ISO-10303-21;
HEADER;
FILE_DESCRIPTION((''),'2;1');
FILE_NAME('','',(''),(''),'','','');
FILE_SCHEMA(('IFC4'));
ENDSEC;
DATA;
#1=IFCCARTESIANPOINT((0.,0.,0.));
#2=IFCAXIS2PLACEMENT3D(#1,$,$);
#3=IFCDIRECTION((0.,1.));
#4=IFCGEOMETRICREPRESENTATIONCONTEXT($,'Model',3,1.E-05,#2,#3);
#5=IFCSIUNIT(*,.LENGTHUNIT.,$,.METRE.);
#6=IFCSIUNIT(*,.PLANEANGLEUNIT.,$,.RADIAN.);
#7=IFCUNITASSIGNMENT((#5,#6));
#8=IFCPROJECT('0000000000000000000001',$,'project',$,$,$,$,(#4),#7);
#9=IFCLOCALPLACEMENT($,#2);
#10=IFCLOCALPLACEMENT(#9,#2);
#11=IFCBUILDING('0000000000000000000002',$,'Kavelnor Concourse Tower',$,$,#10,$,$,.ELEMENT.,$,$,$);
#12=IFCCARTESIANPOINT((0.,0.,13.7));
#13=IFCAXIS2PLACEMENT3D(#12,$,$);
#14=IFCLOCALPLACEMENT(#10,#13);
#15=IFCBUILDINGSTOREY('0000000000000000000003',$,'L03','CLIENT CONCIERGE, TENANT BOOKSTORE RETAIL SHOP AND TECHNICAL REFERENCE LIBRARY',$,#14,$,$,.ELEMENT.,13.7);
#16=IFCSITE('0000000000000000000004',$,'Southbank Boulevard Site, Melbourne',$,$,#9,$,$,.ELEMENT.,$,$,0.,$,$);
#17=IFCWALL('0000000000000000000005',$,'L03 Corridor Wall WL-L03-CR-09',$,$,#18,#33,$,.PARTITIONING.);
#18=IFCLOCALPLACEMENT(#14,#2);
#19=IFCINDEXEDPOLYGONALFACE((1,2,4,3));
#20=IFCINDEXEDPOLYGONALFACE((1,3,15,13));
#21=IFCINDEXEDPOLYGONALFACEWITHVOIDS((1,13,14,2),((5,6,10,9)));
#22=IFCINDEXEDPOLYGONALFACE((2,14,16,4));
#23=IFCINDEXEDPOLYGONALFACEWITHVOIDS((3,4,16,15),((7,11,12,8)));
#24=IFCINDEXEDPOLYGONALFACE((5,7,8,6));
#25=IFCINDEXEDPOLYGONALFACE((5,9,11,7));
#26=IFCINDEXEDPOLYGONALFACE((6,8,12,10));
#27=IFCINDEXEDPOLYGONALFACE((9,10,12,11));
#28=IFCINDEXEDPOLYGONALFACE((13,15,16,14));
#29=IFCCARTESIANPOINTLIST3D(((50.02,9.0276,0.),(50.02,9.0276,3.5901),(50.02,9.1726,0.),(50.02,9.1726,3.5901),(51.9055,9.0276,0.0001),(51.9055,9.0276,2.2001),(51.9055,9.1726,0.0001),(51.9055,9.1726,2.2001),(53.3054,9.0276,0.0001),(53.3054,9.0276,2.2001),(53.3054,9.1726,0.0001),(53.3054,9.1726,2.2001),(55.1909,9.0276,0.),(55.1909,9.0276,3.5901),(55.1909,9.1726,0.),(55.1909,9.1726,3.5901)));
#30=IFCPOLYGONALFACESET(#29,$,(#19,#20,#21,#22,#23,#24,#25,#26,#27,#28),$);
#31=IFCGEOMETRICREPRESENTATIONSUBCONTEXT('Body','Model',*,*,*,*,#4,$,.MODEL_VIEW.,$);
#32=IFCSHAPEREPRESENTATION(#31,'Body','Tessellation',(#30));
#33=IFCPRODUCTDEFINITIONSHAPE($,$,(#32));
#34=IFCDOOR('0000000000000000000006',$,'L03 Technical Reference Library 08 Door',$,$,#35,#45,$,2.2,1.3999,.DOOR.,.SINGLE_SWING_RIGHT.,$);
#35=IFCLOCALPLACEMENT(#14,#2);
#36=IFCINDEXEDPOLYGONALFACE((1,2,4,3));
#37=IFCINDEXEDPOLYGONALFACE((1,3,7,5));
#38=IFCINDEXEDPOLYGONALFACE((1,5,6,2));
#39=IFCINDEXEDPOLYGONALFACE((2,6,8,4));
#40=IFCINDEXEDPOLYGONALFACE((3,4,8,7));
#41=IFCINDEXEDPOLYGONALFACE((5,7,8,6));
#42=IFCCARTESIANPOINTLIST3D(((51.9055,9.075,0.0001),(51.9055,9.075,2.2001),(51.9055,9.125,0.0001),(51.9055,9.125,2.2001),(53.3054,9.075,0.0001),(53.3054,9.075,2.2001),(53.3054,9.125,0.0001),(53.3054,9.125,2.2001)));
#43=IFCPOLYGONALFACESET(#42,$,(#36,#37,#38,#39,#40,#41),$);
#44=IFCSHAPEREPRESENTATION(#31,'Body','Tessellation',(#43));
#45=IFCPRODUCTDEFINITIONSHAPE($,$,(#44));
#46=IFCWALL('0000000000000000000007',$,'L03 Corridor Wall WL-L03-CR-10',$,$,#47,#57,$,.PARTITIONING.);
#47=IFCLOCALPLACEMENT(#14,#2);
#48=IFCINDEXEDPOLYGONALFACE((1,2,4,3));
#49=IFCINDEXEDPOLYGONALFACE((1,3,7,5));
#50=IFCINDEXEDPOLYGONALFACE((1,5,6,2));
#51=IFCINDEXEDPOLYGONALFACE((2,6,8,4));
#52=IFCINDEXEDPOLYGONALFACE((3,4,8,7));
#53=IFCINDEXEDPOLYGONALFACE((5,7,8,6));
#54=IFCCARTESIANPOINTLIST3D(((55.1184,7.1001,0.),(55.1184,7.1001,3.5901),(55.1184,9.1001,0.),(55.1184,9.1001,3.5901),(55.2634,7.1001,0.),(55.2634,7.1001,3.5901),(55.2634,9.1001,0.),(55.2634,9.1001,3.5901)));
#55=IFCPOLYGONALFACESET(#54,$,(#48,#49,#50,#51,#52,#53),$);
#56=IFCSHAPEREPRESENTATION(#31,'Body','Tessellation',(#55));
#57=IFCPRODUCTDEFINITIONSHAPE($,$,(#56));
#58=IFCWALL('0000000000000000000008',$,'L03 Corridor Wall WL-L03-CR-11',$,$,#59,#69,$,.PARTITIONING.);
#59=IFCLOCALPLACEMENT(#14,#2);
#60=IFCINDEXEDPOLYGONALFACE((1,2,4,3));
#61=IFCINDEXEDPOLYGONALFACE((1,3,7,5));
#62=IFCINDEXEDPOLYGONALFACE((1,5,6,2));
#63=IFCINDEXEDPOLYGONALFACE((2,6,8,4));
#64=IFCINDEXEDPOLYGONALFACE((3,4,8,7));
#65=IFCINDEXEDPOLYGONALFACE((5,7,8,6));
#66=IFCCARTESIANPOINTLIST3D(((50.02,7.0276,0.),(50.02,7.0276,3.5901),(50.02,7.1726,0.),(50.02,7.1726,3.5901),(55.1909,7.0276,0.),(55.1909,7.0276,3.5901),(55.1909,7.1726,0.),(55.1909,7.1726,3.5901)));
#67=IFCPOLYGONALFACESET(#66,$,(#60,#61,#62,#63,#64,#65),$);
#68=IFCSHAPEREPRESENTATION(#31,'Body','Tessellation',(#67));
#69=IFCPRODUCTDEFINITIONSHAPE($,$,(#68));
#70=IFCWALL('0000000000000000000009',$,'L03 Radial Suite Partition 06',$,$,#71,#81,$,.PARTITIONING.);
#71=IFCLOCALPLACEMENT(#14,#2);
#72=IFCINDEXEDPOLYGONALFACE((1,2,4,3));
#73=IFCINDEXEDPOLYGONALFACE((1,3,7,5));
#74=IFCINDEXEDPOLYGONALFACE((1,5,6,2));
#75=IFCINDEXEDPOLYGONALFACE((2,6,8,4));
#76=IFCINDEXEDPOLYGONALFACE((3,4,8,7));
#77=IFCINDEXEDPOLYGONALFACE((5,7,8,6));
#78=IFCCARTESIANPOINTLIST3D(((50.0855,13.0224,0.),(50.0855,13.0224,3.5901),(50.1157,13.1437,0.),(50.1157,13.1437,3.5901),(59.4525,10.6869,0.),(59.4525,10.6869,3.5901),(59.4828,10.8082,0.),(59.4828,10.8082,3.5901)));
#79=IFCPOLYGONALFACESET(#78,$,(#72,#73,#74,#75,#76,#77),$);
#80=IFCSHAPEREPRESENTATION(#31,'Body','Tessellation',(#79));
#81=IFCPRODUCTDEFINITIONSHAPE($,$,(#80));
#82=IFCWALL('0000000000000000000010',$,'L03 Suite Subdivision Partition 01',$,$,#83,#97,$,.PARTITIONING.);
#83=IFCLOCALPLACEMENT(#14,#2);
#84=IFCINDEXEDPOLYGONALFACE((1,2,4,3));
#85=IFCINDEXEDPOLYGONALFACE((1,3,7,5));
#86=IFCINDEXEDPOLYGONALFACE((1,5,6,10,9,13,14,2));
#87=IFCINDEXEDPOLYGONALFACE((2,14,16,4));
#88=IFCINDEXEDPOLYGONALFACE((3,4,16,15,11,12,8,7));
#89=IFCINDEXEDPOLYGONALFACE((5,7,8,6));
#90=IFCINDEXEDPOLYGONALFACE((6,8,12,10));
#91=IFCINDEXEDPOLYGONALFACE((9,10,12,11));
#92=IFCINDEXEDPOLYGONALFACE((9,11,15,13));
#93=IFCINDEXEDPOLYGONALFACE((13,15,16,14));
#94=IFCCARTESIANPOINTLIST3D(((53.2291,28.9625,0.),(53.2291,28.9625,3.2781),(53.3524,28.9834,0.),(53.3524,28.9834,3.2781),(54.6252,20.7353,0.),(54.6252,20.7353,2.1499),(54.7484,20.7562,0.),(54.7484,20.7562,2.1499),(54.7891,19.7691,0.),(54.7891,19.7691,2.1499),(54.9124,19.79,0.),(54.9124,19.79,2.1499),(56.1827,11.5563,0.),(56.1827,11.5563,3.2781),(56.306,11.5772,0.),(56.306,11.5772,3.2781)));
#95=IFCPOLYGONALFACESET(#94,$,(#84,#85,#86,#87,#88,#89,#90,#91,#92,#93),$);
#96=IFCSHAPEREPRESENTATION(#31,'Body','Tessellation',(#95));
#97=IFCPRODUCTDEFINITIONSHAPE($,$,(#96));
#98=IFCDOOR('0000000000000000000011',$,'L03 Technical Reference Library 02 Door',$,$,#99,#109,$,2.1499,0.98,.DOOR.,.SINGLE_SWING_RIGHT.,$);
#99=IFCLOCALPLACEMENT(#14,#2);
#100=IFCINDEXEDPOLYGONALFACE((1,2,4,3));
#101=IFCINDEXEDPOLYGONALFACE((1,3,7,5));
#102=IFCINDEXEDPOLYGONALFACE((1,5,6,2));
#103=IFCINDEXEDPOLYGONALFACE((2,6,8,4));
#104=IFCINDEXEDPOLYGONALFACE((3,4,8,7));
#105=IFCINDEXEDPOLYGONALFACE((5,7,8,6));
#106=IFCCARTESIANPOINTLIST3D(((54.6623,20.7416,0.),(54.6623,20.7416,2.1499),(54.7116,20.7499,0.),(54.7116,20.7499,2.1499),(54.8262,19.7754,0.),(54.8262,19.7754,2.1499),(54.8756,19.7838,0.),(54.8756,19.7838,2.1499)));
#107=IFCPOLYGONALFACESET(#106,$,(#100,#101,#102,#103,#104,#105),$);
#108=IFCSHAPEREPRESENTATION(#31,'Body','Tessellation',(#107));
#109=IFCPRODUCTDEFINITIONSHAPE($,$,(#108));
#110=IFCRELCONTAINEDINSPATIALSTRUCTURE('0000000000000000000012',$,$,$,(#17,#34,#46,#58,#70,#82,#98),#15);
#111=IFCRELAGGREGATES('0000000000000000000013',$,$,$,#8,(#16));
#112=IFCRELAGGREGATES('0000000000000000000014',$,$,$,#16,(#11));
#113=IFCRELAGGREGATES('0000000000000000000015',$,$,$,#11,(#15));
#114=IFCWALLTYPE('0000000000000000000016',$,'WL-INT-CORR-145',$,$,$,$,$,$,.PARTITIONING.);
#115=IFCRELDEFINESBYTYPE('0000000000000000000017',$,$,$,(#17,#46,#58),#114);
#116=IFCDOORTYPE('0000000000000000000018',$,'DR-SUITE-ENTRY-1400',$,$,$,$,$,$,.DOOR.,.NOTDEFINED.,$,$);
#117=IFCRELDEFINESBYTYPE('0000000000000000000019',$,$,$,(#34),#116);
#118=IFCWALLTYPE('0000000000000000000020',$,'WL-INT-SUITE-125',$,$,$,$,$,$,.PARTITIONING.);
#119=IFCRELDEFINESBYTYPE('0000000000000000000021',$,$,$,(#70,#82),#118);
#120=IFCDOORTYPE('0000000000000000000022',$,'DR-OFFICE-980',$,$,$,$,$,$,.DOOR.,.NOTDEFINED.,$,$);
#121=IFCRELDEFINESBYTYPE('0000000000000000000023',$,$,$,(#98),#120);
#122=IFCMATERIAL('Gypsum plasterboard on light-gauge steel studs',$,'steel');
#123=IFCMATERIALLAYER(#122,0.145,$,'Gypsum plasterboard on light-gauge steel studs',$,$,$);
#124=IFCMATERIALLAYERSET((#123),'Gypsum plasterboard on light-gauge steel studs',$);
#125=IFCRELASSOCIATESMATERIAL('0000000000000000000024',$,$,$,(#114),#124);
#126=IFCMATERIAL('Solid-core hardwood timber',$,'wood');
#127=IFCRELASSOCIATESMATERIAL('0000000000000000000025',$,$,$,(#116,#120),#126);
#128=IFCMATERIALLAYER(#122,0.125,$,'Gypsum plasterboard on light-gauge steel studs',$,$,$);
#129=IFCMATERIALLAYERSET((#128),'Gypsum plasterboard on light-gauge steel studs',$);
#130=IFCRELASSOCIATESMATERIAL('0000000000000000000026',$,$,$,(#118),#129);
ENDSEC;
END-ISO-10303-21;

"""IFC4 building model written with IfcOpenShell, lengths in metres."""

from ifc_helpers import new_model, si_unit, direction, frame, frame_2d, origin, place, context, subcontext, project, spatial, rectangle, extrude, material, layer, layer_set, type_object, element, fill, save


model = new_model("IFC4")

# Units and contexts
model_context = context("Model", 3, precision=1e-05, world=origin(), true_north=direction((0.0, 1.0)))
body_context = subcontext(model_context, "Body", "Model", "MODEL_VIEW")
ifc_project = project(units=[si_unit("LENGTHUNIT", "METRE"), si_unit("PLANEANGLEUNIT", "RADIAN")], contexts=[model_context])

# Site, building, storey
site_placement = place(None, origin())
site = spatial("IfcSite", under=ifc_project, at=site_placement, Name="Southbank Boulevard Site, Melbourne", CompositionType="ELEMENT", RefElevation=0.0)
building_placement = place(site_placement, origin())
building = spatial("IfcBuilding", under=site, at=building_placement, Name="Kavelnor Concourse Tower", CompositionType="ELEMENT")
storey_placement = place(building_placement, frame((0.0, 0.0, 13.7)))
storey = spatial("IfcBuildingStorey", under=building, at=storey_placement, Name="L03", Description="CLIENT CONCIERGE, TENANT BOOKSTORE RETAIL SHOP AND TECHNICAL REFERENCE LIBRARY", CompositionType="ELEMENT", Elevation=13.7)

# Wall, opening, door
ifc_material_1 = material(Name="Gypsum plasterboard on light-gauge steel studs", Category="steel")
ifc_layer_1 = layer(ifc_material_1, 0.145, Name="Gypsum plasterboard on light-gauge steel studs")
ifc_layer_set_1 = layer_set([ifc_layer_1], Name="Gypsum plasterboard on light-gauge steel studs")
wall_type_1 = type_object("IfcWallType", Name="WL-INT-CORR-145", PredefinedType="PARTITIONING", material=ifc_layer_set_1)
wall_1_placement = place(storey_placement, frame((50.02, 9.1001, 0.0), z_axis=(0.0, 0.0, 1.0), x_axis=(1.0, 0.0, 0.0)))
wall_1 = element("IfcWall", 1, at=wall_1_placement, inside=storey, type_object=wall_type_1, Name="L03 Corridor Wall WL-L03-CR-09", PredefinedType="PARTITIONING", context=body_context, shape_type="SweptSolid", body=[
    extrude(rectangle(XDim=5.1709, YDim=0.145, at=frame_2d((2.5854, 0.0))), origin(), (0.0, 0.0, 1.0), 3.5901),
])
opening_1_placement = place(wall_1_placement, frame((1.8855, 0.0, 0.0)))
opening_1 = element("IfcOpeningElement", 2, at=opening_1_placement, cuts=wall_1, PredefinedType="OPENING", context=body_context, shape_type="SweptSolid", body=[
    extrude(rectangle(XDim=1.3999, YDim=2.2, at=frame_2d((0.7, 1.1001))), frame((0.0, 0.0825, 0.0), z_axis=(0.0, -1.0, 0.0), x_axis=(1.0, 0.0, 0.0)), (0.0, 0.0, 1.0), 0.165),
])
ifc_material_2 = material(Name="Solid-core hardwood timber", Category="wood")
door_type_1 = type_object("IfcDoorType", Name="DR-SUITE-ENTRY-1400", OperationType="NOTDEFINED", PredefinedType="DOOR", material=ifc_material_2)
door_1_placement = place(opening_1_placement, origin())
door_1 = element("IfcDoor", 3, at=door_1_placement, inside=storey, type_object=door_type_1, Name="L03 Technical Reference Library 08 Door", OperationType="SINGLE_SWING_RIGHT", OverallHeight=2.2, OverallWidth=1.3999, PredefinedType="DOOR", context=body_context, shape_type="SweptSolid", body=[
    extrude(rectangle(XDim=1.3999, YDim=2.2, at=frame_2d((0.7, 1.1001))), frame((0.0, 0.0249, 0.0), z_axis=(0.0, -1.0, 0.0), x_axis=(1.0, 0.0, 0.0)), (0.0, 0.0, 1.0), 0.05),
])
fill(opening_1, door_1)

# Walls
wall_2_placement = place(storey_placement, frame((55.1909, 9.1001, 0.0), z_axis=(0.0, 0.0, 1.0), x_axis=(0.0, -1.0, 0.0)))
element("IfcWall", 4, at=wall_2_placement, inside=storey, type_object=wall_type_1, Name="L03 Corridor Wall WL-L03-CR-10", PredefinedType="PARTITIONING", context=body_context, shape_type="SweptSolid", body=[
    extrude(rectangle(XDim=2.0, YDim=0.145, at=frame_2d((1.0, 0.0))), origin(), (0.0, 0.0, 1.0), 3.5901),
])
wall_3_placement = place(storey_placement, frame((55.1909, 7.1001, 0.0), z_axis=(0.0, 0.0, 1.0), x_axis=(-1.0, 0.0, 0.0)))
element("IfcWall", 5, at=wall_3_placement, inside=storey, type_object=wall_type_1, Name="L03 Corridor Wall WL-L03-CR-11", PredefinedType="PARTITIONING", context=body_context, shape_type="SweptSolid", body=[
    extrude(rectangle(XDim=5.1709, YDim=0.145, at=frame_2d((2.5854, 0.0))), origin(), (0.0, 0.0, 1.0), 3.5901),
])
ifc_layer_2 = layer(ifc_material_1, 0.125, Name="Gypsum plasterboard on light-gauge steel studs")
ifc_layer_set_2 = layer_set([ifc_layer_2], Name="Gypsum plasterboard on light-gauge steel studs")
wall_type_2 = type_object("IfcWallType", Name="WL-INT-SUITE-125", PredefinedType="PARTITIONING", material=ifc_layer_set_2)
wall_4_placement = place(storey_placement, frame((50.1006, 13.083, 0.0), z_axis=(0.0, 0.0, 1.0), x_axis=(0.970296, -0.241923, 0.0)))
element("IfcWall", 6, at=wall_4_placement, inside=storey, type_object=wall_type_2, Name="L03 Radial Suite Partition 06", PredefinedType="PARTITIONING", context=body_context, shape_type="SweptSolid", body=[
    extrude(rectangle(XDim=9.6538, YDim=0.125, at=frame_2d((4.8269, 0.0))), origin(), (0.0, 0.0, 1.0), 3.5901),
])

# Wall, opening, door
wall_5_placement = place(storey_placement, frame((56.2444, 11.5667, 0.0), z_axis=(0.0, 0.0, 1.0), x_axis=(-0.167296, 0.985907, 0.0)))
wall_5 = element("IfcWall", 7, at=wall_5_placement, inside=storey, type_object=wall_type_2, Name="L03 Suite Subdivision Partition 01", PredefinedType="PARTITIONING", context=body_context, shape_type="SweptSolid", body=[
    extrude(rectangle(XDim=17.655, YDim=0.125, at=frame_2d((8.8276, 0.0))), origin(), (0.0, 0.0, 1.0), 3.2781),
])
opening_2_placement = place(wall_5_placement, frame((8.3303, 0.0, 0.0)))
opening_2 = element("IfcOpeningElement", 8, at=opening_2_placement, cuts=wall_5, PredefinedType="OPENING", context=body_context, shape_type="SweptSolid", body=[
    extrude(rectangle(XDim=0.98, YDim=2.1499, at=frame_2d((0.49, 1.075))), frame((0.0, 0.0725, 0.0), z_axis=(0.0, -1.0, 0.0), x_axis=(1.0, 0.0, 0.0)), (0.0, 0.0, 1.0), 0.145),
])
door_type_2 = type_object("IfcDoorType", Name="DR-OFFICE-980", OperationType="NOTDEFINED", PredefinedType="DOOR", material=ifc_material_2)
door_2_placement = place(opening_2_placement, origin())
door_2 = element("IfcDoor", 9, at=door_2_placement, inside=storey, type_object=door_type_2, Name="L03 Technical Reference Library 02 Door", OperationType="SINGLE_SWING_RIGHT", OverallHeight=2.1499, OverallWidth=0.98, PredefinedType="DOOR", context=body_context, shape_type="SweptSolid", body=[
    extrude(rectangle(XDim=0.98, YDim=2.1499, at=frame_2d((0.49, 1.075))), frame((0.0, 0.0249, 0.0), z_axis=(0.0, -1.0, 0.0), x_axis=(1.0, 0.0, 0.0)), (0.0, 0.0, 1.0), 0.05),
])
fill(opening_2, door_2)

save(model, "model.ifc")
